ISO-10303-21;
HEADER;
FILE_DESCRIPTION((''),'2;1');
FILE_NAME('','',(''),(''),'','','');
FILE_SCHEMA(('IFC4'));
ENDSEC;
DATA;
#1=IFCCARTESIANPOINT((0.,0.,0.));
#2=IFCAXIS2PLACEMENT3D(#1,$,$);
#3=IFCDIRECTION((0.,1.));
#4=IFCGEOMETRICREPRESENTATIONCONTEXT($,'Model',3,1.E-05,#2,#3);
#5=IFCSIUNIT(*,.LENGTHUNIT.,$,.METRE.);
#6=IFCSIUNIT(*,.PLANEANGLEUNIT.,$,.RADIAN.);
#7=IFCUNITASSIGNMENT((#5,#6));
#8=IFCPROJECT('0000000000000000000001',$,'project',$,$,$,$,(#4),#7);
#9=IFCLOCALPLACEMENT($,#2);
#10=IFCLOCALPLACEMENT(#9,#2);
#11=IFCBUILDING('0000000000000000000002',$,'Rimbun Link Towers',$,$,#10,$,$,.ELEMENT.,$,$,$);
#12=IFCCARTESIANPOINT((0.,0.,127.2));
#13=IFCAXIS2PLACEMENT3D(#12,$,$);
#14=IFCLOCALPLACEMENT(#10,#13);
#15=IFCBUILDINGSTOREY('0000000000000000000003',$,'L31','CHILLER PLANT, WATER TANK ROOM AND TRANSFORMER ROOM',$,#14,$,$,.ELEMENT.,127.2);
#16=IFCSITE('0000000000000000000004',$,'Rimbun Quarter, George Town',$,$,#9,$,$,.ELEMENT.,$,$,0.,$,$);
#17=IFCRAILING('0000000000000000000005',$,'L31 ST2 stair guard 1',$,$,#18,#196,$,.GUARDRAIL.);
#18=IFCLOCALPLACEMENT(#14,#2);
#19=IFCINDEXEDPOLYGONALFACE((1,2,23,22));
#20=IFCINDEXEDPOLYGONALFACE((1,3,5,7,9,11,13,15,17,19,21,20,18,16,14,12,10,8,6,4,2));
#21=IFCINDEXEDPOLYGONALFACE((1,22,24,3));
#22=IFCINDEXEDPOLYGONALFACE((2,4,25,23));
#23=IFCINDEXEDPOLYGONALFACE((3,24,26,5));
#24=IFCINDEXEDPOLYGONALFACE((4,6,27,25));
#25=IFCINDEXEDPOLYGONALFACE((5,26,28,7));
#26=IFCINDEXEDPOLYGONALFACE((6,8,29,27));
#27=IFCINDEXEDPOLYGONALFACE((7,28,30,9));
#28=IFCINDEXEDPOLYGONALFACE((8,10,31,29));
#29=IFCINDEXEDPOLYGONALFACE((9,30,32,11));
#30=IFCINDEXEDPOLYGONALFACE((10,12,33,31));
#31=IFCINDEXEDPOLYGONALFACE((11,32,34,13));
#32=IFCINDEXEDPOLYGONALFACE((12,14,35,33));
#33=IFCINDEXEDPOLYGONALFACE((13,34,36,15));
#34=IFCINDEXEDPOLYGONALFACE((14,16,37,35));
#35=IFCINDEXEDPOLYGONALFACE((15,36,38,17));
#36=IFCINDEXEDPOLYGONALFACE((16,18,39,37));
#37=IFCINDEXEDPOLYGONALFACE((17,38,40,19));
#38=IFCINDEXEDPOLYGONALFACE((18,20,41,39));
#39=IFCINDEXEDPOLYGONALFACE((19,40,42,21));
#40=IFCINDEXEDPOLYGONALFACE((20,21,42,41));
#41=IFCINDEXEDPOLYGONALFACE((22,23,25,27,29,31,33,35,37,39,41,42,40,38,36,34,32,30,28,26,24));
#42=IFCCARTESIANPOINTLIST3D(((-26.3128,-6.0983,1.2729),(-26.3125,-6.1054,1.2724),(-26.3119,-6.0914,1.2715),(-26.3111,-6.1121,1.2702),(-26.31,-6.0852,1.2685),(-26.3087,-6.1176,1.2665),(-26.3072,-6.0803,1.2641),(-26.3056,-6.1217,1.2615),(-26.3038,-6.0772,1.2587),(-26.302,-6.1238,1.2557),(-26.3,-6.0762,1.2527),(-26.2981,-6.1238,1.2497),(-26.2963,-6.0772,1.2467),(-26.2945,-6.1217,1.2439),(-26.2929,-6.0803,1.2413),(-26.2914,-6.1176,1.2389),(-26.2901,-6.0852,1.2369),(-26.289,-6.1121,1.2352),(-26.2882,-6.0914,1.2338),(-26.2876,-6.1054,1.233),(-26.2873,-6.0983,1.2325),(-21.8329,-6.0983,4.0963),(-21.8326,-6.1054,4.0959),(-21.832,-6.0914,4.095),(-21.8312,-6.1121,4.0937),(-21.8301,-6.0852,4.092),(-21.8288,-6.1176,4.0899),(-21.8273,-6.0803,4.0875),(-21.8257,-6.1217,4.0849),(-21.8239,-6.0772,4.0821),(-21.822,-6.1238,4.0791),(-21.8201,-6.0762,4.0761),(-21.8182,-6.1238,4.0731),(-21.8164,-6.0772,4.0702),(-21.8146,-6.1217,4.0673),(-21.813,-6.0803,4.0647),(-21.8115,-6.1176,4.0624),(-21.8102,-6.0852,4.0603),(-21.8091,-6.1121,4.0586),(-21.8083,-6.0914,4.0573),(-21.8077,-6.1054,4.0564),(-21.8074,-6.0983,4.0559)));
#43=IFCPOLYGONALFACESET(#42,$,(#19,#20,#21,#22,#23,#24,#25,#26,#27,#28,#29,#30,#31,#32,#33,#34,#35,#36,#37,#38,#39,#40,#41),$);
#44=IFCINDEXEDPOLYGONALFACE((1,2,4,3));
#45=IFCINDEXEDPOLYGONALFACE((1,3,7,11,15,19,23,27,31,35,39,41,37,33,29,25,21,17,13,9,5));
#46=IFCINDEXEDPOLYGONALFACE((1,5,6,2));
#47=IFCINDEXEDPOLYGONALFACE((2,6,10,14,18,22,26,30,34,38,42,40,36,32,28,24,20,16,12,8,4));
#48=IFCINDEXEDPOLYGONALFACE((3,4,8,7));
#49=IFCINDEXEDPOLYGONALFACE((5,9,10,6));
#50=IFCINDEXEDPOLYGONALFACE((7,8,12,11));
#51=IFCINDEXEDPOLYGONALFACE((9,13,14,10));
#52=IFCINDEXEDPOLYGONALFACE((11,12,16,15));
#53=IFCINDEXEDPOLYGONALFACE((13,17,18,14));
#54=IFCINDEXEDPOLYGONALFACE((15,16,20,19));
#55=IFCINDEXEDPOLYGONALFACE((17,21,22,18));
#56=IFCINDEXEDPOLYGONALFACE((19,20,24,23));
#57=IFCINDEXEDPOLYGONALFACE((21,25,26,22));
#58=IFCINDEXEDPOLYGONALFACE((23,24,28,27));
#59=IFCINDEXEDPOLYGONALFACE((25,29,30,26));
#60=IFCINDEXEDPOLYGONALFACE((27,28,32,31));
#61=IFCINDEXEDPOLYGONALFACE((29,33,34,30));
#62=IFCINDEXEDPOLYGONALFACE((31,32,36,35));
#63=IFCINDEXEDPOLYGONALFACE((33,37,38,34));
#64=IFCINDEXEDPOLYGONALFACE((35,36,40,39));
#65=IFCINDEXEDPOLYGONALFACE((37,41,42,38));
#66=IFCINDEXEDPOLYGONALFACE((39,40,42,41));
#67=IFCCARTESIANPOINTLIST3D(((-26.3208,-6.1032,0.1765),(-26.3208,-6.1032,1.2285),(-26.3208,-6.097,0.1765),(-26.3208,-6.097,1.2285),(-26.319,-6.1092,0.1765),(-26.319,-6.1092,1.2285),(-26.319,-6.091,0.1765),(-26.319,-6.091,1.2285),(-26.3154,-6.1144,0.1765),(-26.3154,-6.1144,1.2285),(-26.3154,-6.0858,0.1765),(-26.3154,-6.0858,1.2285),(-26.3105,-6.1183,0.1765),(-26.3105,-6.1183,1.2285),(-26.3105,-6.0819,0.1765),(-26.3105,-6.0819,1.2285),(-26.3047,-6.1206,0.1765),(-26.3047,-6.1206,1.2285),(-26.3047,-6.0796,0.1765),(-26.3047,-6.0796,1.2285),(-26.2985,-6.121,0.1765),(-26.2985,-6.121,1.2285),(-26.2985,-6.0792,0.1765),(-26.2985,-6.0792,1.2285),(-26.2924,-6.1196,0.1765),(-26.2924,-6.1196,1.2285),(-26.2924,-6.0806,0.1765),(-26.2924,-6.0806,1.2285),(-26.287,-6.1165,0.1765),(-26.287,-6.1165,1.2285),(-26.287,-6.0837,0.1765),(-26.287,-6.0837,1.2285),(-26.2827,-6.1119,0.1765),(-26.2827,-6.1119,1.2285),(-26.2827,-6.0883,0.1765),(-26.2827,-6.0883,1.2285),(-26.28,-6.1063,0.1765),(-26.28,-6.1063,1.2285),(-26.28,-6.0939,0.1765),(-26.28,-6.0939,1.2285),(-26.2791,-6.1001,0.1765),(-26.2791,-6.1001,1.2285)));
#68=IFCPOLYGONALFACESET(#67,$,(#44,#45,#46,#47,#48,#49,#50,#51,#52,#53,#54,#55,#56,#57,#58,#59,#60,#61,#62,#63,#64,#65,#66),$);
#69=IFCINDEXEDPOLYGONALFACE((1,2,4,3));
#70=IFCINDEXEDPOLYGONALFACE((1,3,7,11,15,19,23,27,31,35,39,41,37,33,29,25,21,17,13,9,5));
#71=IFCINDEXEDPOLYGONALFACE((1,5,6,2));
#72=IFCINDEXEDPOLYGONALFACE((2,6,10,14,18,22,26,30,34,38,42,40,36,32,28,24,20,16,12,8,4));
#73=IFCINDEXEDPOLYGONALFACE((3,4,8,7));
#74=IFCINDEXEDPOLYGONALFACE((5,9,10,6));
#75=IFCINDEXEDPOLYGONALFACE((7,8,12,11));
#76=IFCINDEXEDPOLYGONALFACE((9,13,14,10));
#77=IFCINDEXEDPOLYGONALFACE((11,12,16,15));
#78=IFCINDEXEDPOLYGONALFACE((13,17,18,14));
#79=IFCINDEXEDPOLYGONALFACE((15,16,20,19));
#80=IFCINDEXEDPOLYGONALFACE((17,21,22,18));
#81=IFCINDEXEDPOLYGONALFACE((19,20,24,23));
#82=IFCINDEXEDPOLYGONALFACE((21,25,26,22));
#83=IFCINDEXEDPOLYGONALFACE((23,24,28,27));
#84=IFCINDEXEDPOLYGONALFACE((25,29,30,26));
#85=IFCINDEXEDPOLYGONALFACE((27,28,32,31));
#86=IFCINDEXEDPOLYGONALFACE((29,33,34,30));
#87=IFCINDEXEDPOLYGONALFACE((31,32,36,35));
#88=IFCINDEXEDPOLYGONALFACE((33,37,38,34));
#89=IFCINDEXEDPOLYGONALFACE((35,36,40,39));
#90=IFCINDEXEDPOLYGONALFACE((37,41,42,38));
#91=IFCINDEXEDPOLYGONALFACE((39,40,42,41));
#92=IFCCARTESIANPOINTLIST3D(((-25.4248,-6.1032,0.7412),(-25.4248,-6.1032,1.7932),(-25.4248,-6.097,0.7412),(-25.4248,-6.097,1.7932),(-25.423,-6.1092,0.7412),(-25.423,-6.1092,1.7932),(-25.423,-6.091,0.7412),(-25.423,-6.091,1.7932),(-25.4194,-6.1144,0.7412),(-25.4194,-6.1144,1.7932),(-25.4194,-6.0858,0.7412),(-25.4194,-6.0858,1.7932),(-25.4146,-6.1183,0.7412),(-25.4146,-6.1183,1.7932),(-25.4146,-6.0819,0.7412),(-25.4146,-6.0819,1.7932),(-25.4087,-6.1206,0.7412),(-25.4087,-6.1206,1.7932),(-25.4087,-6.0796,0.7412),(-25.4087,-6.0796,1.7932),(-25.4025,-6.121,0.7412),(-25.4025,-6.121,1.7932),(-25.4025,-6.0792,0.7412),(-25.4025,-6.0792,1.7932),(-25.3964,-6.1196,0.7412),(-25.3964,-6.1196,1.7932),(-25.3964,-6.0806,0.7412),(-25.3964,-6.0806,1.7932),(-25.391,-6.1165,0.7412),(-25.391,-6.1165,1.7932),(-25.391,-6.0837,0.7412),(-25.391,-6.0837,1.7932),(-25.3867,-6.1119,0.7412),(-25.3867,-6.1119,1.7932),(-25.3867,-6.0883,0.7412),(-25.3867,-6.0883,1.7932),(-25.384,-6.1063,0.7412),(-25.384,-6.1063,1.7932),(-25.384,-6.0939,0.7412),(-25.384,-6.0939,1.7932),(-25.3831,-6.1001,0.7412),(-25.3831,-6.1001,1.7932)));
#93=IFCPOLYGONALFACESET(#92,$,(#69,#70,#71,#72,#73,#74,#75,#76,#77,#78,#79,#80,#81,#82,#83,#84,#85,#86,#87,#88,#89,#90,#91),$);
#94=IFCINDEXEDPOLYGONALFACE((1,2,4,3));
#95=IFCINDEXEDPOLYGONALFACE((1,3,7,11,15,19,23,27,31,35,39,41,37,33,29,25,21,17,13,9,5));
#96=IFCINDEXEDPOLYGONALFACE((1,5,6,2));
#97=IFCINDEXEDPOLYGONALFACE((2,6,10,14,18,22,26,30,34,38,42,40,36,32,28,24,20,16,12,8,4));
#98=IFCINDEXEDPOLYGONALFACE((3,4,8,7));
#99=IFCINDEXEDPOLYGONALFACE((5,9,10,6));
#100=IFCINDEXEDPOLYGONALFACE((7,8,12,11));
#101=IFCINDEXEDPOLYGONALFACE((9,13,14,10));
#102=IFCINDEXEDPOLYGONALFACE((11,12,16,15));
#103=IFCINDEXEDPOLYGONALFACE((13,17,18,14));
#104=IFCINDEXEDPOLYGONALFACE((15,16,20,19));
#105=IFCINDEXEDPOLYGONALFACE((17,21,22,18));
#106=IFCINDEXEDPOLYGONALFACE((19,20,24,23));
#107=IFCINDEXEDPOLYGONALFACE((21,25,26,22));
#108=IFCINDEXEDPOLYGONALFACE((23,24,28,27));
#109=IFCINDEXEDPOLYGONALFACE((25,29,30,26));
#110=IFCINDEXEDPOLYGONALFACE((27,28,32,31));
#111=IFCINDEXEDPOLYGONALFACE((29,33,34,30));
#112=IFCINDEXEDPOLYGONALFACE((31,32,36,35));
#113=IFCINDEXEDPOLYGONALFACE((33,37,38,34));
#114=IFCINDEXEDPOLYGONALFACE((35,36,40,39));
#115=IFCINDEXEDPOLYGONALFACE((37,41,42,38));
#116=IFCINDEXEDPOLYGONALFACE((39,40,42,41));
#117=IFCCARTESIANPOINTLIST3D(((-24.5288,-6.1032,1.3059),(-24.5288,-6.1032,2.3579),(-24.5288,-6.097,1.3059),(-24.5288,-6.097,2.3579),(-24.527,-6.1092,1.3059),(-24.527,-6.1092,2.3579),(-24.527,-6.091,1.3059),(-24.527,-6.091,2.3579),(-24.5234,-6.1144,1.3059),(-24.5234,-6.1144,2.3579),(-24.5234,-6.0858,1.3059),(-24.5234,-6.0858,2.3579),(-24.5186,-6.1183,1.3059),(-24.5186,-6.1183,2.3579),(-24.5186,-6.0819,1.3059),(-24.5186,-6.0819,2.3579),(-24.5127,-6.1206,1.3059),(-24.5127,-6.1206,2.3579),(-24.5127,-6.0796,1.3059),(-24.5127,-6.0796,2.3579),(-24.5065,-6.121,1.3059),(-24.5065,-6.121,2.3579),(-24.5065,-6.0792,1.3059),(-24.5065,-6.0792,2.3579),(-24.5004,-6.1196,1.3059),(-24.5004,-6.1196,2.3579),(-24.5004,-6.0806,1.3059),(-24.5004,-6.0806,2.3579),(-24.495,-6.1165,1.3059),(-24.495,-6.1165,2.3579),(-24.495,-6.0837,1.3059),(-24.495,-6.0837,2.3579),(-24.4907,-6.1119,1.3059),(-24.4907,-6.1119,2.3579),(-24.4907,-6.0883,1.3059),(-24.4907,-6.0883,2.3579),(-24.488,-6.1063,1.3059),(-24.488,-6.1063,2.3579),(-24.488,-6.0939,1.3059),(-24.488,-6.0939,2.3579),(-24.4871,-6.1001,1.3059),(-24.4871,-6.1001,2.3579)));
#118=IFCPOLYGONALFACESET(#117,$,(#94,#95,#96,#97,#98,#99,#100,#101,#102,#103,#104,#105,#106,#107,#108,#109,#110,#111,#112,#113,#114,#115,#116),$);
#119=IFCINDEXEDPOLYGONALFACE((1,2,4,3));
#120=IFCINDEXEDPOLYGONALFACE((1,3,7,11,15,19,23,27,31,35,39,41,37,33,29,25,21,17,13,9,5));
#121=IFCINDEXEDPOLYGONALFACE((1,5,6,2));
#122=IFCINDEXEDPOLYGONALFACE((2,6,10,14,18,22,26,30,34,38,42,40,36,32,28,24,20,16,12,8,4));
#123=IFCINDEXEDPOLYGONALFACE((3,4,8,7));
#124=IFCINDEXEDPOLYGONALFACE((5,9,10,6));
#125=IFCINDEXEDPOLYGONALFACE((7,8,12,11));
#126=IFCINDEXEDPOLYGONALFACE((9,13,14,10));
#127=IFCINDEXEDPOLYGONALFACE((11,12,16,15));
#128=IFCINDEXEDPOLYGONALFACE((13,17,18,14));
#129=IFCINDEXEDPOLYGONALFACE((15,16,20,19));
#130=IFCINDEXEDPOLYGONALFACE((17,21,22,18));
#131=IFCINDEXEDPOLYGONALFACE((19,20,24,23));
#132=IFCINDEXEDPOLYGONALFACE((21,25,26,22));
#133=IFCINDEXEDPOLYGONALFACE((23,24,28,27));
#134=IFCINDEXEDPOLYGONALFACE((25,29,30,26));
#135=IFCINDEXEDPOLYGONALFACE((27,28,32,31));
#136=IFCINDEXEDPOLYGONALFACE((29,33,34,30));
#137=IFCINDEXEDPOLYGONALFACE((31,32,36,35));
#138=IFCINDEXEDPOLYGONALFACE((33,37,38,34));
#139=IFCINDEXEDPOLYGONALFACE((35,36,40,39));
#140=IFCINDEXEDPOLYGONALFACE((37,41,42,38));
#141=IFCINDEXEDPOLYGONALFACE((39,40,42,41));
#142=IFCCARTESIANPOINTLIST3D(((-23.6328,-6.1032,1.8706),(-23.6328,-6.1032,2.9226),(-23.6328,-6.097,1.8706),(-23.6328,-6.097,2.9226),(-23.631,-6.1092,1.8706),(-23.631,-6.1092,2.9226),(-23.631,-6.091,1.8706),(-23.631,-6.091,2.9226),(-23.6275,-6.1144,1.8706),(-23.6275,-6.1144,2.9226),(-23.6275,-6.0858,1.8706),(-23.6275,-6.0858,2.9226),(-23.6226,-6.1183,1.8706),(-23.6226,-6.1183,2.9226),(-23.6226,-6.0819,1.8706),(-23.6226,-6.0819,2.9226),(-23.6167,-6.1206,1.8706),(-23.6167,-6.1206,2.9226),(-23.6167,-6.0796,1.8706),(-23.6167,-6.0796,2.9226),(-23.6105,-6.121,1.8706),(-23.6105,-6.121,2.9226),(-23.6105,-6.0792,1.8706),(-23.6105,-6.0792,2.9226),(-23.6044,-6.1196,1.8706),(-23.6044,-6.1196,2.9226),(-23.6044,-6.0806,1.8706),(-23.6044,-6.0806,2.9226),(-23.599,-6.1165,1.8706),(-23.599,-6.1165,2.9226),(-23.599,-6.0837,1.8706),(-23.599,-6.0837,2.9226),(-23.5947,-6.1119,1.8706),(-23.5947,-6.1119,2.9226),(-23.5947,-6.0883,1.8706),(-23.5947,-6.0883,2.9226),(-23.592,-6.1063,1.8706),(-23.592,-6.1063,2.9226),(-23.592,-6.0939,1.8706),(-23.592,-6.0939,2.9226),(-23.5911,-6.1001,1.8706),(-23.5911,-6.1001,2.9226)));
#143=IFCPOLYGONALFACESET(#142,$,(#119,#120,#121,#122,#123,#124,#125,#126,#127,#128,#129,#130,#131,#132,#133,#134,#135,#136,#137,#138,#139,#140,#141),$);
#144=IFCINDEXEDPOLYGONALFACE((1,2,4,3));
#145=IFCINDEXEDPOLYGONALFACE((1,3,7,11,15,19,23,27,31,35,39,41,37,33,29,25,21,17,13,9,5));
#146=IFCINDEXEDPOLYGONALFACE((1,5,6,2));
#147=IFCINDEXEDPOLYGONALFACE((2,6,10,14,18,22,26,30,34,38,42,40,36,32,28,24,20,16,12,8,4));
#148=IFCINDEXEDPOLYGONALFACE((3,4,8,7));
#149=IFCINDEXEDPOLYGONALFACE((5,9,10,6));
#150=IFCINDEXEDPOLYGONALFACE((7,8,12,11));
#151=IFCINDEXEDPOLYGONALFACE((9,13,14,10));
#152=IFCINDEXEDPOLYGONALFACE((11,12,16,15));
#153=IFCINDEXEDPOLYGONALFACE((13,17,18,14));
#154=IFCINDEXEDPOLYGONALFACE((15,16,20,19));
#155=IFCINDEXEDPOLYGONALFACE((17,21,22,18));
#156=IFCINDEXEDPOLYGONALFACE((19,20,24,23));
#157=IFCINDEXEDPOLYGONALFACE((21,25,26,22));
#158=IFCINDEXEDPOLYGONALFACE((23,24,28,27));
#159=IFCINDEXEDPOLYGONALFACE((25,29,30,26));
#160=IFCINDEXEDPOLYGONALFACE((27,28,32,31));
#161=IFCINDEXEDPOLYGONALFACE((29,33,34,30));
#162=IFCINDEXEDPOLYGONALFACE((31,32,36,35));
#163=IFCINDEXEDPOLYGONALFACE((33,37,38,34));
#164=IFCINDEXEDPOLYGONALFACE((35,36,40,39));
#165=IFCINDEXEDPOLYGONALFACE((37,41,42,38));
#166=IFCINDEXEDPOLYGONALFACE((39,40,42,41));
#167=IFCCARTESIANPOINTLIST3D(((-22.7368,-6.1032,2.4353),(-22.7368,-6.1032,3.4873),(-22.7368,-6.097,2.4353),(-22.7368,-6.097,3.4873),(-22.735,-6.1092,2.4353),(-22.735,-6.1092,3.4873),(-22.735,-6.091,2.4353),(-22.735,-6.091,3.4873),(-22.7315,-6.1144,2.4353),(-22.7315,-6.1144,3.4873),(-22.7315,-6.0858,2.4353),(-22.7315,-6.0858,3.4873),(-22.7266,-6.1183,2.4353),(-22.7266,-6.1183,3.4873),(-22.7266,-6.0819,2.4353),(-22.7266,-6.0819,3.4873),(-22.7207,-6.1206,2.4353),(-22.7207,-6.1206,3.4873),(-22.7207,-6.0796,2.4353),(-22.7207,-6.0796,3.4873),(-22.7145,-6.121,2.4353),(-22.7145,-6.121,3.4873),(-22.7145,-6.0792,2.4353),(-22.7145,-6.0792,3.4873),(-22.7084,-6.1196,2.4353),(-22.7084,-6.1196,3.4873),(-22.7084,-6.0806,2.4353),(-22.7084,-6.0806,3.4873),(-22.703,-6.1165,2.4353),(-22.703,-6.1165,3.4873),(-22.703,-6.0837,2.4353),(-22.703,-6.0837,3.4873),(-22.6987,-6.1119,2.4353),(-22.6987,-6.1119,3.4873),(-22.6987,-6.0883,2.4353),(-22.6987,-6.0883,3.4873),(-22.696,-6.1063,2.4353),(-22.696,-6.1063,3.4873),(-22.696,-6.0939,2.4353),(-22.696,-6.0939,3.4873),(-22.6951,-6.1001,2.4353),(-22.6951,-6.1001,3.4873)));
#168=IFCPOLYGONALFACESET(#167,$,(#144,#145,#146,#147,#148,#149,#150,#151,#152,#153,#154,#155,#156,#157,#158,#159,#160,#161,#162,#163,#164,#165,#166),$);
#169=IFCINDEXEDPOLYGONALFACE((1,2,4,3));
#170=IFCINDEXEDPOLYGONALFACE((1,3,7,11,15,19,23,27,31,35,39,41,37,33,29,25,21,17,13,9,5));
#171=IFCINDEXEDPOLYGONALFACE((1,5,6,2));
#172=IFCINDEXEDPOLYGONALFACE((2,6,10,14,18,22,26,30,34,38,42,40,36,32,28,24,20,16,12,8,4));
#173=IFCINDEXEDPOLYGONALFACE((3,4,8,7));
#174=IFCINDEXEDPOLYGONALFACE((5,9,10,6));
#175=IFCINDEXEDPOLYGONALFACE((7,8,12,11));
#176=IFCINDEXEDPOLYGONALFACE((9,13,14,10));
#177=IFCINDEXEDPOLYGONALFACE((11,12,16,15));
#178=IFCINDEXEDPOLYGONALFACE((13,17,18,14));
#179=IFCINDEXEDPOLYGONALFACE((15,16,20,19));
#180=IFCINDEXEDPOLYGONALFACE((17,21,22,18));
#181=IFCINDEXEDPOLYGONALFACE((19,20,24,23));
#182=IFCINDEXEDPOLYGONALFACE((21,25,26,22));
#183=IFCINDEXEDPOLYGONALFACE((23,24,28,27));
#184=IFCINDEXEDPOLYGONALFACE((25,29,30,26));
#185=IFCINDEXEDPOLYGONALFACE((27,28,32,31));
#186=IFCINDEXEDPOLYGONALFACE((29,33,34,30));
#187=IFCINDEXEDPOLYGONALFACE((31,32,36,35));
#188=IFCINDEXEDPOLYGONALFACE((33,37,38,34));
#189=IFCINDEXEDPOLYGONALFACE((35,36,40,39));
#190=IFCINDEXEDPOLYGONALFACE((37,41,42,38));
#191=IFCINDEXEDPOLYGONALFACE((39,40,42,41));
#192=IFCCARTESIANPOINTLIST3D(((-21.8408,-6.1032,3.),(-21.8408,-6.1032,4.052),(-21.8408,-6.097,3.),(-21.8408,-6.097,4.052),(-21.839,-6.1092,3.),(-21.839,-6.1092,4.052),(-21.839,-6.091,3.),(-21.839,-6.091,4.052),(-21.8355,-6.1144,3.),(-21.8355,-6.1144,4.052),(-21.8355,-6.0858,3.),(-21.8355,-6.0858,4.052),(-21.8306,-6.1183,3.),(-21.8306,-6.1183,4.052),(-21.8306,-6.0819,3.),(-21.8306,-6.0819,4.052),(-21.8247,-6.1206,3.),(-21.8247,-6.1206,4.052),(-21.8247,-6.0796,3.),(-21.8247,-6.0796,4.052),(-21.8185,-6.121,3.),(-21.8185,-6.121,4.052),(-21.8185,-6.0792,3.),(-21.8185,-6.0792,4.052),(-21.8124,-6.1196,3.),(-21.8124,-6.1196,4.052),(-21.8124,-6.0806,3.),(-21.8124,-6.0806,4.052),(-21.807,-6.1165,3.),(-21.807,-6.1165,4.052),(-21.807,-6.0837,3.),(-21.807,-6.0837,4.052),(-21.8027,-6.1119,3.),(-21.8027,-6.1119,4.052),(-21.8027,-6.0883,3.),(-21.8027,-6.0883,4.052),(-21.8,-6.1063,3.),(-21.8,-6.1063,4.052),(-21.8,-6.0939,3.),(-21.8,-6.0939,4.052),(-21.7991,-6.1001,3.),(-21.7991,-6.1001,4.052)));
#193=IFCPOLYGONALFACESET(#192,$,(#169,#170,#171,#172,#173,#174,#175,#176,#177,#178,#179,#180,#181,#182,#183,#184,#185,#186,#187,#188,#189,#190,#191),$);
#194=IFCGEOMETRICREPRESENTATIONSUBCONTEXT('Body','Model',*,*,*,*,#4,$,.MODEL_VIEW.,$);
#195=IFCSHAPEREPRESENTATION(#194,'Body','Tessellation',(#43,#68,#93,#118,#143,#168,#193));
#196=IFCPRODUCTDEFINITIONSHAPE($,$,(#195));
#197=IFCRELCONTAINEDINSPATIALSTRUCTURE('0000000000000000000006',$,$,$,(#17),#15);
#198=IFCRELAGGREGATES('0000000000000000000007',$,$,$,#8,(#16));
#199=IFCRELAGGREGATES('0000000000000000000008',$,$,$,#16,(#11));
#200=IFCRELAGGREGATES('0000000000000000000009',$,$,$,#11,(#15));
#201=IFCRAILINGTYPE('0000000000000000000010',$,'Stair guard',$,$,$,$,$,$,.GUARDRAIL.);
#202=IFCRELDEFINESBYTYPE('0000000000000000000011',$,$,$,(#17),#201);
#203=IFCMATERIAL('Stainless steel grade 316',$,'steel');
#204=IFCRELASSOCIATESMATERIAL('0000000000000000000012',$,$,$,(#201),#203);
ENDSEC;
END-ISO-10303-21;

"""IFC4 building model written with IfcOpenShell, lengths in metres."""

from ifc_helpers import new_model, si_unit, direction, frame, origin, origin_2d, place, context, subcontext, project, spatial, circle, extrude, material, type_object, element, save


model = new_model("IFC4")

# Units and contexts
model_context = context("Model", 3, precision=1e-05, world=origin(), true_north=direction((0.0, 1.0)))
body_context = subcontext(model_context, "Body", "Model", "MODEL_VIEW")
ifc_project = project(units=[si_unit("LENGTHUNIT", "METRE"), si_unit("PLANEANGLEUNIT", "RADIAN")], contexts=[model_context])

# Site, building, storey
site_placement = place(None, origin())
site = spatial("IfcSite", under=ifc_project, at=site_placement, Name="Rimbun Quarter, George Town", CompositionType="ELEMENT", RefElevation=0.0)
building_placement = place(site_placement, origin())
building = spatial("IfcBuilding", under=site, at=building_placement, Name="Rimbun Link Towers", CompositionType="ELEMENT")
storey_placement = place(building_placement, frame((0.0, 0.0, 127.2)))
storey = spatial("IfcBuildingStorey", under=building, at=storey_placement, Name="L31", Description="CHILLER PLANT, WATER TANK ROOM AND TRANSFORMER ROOM", CompositionType="ELEMENT", Elevation=127.2)

# Railing
ifc_material_1 = material(Name="Stainless steel grade 316", Category="steel")
railing_type_1 = type_object("IfcRailingType", Name="Stair guard", PredefinedType="GUARDRAIL", material=ifc_material_1)
railing_1_placement = place(storey_placement, frame((-26.3, -6.1001, 0.1765)))
element("IfcRailing", 1, at=railing_1_placement, inside=storey, type_object=railing_type_1, Name="L31 ST2 stair guard 1", PredefinedType="GUARDRAIL", context=body_context, shape_type="SweptSolid", body=[
    extrude(circle(Radius=0.0239, at=origin_2d()), frame((0.0, 0.0, 1.0762), z_axis=(0.845998, 0.0, 0.533186), x_axis=(0.0, 1.0, 0.0)), (0.0, 0.0, 1.0), 5.2954),
    extrude(circle(Radius=0.021, at=origin_2d()), origin(), (0.0, 0.0, 1.0), 1.052),
    extrude(circle(Radius=0.021, at=origin_2d()), frame((0.896, 0.0, 0.5647)), (0.0, 0.0, 1.0), 1.052),
    extrude(circle(Radius=0.021, at=origin_2d()), frame((1.792, 0.0, 1.1294)), (0.0, 0.0, 1.0), 1.052),
    extrude(circle(Radius=0.021, at=origin_2d()), frame((2.688, 0.0, 1.6941)), (0.0, 0.0, 1.0), 1.052),
    extrude(circle(Radius=0.021, at=origin_2d()), frame((3.584, 0.0, 2.2588)), (0.0, 0.0, 1.0), 1.052),
    extrude(circle(Radius=0.021, at=origin_2d()), frame((4.48, 0.0, 2.8235)), (0.0, 0.0, 1.0), 1.052),
])

save(model, "model.ifc")
